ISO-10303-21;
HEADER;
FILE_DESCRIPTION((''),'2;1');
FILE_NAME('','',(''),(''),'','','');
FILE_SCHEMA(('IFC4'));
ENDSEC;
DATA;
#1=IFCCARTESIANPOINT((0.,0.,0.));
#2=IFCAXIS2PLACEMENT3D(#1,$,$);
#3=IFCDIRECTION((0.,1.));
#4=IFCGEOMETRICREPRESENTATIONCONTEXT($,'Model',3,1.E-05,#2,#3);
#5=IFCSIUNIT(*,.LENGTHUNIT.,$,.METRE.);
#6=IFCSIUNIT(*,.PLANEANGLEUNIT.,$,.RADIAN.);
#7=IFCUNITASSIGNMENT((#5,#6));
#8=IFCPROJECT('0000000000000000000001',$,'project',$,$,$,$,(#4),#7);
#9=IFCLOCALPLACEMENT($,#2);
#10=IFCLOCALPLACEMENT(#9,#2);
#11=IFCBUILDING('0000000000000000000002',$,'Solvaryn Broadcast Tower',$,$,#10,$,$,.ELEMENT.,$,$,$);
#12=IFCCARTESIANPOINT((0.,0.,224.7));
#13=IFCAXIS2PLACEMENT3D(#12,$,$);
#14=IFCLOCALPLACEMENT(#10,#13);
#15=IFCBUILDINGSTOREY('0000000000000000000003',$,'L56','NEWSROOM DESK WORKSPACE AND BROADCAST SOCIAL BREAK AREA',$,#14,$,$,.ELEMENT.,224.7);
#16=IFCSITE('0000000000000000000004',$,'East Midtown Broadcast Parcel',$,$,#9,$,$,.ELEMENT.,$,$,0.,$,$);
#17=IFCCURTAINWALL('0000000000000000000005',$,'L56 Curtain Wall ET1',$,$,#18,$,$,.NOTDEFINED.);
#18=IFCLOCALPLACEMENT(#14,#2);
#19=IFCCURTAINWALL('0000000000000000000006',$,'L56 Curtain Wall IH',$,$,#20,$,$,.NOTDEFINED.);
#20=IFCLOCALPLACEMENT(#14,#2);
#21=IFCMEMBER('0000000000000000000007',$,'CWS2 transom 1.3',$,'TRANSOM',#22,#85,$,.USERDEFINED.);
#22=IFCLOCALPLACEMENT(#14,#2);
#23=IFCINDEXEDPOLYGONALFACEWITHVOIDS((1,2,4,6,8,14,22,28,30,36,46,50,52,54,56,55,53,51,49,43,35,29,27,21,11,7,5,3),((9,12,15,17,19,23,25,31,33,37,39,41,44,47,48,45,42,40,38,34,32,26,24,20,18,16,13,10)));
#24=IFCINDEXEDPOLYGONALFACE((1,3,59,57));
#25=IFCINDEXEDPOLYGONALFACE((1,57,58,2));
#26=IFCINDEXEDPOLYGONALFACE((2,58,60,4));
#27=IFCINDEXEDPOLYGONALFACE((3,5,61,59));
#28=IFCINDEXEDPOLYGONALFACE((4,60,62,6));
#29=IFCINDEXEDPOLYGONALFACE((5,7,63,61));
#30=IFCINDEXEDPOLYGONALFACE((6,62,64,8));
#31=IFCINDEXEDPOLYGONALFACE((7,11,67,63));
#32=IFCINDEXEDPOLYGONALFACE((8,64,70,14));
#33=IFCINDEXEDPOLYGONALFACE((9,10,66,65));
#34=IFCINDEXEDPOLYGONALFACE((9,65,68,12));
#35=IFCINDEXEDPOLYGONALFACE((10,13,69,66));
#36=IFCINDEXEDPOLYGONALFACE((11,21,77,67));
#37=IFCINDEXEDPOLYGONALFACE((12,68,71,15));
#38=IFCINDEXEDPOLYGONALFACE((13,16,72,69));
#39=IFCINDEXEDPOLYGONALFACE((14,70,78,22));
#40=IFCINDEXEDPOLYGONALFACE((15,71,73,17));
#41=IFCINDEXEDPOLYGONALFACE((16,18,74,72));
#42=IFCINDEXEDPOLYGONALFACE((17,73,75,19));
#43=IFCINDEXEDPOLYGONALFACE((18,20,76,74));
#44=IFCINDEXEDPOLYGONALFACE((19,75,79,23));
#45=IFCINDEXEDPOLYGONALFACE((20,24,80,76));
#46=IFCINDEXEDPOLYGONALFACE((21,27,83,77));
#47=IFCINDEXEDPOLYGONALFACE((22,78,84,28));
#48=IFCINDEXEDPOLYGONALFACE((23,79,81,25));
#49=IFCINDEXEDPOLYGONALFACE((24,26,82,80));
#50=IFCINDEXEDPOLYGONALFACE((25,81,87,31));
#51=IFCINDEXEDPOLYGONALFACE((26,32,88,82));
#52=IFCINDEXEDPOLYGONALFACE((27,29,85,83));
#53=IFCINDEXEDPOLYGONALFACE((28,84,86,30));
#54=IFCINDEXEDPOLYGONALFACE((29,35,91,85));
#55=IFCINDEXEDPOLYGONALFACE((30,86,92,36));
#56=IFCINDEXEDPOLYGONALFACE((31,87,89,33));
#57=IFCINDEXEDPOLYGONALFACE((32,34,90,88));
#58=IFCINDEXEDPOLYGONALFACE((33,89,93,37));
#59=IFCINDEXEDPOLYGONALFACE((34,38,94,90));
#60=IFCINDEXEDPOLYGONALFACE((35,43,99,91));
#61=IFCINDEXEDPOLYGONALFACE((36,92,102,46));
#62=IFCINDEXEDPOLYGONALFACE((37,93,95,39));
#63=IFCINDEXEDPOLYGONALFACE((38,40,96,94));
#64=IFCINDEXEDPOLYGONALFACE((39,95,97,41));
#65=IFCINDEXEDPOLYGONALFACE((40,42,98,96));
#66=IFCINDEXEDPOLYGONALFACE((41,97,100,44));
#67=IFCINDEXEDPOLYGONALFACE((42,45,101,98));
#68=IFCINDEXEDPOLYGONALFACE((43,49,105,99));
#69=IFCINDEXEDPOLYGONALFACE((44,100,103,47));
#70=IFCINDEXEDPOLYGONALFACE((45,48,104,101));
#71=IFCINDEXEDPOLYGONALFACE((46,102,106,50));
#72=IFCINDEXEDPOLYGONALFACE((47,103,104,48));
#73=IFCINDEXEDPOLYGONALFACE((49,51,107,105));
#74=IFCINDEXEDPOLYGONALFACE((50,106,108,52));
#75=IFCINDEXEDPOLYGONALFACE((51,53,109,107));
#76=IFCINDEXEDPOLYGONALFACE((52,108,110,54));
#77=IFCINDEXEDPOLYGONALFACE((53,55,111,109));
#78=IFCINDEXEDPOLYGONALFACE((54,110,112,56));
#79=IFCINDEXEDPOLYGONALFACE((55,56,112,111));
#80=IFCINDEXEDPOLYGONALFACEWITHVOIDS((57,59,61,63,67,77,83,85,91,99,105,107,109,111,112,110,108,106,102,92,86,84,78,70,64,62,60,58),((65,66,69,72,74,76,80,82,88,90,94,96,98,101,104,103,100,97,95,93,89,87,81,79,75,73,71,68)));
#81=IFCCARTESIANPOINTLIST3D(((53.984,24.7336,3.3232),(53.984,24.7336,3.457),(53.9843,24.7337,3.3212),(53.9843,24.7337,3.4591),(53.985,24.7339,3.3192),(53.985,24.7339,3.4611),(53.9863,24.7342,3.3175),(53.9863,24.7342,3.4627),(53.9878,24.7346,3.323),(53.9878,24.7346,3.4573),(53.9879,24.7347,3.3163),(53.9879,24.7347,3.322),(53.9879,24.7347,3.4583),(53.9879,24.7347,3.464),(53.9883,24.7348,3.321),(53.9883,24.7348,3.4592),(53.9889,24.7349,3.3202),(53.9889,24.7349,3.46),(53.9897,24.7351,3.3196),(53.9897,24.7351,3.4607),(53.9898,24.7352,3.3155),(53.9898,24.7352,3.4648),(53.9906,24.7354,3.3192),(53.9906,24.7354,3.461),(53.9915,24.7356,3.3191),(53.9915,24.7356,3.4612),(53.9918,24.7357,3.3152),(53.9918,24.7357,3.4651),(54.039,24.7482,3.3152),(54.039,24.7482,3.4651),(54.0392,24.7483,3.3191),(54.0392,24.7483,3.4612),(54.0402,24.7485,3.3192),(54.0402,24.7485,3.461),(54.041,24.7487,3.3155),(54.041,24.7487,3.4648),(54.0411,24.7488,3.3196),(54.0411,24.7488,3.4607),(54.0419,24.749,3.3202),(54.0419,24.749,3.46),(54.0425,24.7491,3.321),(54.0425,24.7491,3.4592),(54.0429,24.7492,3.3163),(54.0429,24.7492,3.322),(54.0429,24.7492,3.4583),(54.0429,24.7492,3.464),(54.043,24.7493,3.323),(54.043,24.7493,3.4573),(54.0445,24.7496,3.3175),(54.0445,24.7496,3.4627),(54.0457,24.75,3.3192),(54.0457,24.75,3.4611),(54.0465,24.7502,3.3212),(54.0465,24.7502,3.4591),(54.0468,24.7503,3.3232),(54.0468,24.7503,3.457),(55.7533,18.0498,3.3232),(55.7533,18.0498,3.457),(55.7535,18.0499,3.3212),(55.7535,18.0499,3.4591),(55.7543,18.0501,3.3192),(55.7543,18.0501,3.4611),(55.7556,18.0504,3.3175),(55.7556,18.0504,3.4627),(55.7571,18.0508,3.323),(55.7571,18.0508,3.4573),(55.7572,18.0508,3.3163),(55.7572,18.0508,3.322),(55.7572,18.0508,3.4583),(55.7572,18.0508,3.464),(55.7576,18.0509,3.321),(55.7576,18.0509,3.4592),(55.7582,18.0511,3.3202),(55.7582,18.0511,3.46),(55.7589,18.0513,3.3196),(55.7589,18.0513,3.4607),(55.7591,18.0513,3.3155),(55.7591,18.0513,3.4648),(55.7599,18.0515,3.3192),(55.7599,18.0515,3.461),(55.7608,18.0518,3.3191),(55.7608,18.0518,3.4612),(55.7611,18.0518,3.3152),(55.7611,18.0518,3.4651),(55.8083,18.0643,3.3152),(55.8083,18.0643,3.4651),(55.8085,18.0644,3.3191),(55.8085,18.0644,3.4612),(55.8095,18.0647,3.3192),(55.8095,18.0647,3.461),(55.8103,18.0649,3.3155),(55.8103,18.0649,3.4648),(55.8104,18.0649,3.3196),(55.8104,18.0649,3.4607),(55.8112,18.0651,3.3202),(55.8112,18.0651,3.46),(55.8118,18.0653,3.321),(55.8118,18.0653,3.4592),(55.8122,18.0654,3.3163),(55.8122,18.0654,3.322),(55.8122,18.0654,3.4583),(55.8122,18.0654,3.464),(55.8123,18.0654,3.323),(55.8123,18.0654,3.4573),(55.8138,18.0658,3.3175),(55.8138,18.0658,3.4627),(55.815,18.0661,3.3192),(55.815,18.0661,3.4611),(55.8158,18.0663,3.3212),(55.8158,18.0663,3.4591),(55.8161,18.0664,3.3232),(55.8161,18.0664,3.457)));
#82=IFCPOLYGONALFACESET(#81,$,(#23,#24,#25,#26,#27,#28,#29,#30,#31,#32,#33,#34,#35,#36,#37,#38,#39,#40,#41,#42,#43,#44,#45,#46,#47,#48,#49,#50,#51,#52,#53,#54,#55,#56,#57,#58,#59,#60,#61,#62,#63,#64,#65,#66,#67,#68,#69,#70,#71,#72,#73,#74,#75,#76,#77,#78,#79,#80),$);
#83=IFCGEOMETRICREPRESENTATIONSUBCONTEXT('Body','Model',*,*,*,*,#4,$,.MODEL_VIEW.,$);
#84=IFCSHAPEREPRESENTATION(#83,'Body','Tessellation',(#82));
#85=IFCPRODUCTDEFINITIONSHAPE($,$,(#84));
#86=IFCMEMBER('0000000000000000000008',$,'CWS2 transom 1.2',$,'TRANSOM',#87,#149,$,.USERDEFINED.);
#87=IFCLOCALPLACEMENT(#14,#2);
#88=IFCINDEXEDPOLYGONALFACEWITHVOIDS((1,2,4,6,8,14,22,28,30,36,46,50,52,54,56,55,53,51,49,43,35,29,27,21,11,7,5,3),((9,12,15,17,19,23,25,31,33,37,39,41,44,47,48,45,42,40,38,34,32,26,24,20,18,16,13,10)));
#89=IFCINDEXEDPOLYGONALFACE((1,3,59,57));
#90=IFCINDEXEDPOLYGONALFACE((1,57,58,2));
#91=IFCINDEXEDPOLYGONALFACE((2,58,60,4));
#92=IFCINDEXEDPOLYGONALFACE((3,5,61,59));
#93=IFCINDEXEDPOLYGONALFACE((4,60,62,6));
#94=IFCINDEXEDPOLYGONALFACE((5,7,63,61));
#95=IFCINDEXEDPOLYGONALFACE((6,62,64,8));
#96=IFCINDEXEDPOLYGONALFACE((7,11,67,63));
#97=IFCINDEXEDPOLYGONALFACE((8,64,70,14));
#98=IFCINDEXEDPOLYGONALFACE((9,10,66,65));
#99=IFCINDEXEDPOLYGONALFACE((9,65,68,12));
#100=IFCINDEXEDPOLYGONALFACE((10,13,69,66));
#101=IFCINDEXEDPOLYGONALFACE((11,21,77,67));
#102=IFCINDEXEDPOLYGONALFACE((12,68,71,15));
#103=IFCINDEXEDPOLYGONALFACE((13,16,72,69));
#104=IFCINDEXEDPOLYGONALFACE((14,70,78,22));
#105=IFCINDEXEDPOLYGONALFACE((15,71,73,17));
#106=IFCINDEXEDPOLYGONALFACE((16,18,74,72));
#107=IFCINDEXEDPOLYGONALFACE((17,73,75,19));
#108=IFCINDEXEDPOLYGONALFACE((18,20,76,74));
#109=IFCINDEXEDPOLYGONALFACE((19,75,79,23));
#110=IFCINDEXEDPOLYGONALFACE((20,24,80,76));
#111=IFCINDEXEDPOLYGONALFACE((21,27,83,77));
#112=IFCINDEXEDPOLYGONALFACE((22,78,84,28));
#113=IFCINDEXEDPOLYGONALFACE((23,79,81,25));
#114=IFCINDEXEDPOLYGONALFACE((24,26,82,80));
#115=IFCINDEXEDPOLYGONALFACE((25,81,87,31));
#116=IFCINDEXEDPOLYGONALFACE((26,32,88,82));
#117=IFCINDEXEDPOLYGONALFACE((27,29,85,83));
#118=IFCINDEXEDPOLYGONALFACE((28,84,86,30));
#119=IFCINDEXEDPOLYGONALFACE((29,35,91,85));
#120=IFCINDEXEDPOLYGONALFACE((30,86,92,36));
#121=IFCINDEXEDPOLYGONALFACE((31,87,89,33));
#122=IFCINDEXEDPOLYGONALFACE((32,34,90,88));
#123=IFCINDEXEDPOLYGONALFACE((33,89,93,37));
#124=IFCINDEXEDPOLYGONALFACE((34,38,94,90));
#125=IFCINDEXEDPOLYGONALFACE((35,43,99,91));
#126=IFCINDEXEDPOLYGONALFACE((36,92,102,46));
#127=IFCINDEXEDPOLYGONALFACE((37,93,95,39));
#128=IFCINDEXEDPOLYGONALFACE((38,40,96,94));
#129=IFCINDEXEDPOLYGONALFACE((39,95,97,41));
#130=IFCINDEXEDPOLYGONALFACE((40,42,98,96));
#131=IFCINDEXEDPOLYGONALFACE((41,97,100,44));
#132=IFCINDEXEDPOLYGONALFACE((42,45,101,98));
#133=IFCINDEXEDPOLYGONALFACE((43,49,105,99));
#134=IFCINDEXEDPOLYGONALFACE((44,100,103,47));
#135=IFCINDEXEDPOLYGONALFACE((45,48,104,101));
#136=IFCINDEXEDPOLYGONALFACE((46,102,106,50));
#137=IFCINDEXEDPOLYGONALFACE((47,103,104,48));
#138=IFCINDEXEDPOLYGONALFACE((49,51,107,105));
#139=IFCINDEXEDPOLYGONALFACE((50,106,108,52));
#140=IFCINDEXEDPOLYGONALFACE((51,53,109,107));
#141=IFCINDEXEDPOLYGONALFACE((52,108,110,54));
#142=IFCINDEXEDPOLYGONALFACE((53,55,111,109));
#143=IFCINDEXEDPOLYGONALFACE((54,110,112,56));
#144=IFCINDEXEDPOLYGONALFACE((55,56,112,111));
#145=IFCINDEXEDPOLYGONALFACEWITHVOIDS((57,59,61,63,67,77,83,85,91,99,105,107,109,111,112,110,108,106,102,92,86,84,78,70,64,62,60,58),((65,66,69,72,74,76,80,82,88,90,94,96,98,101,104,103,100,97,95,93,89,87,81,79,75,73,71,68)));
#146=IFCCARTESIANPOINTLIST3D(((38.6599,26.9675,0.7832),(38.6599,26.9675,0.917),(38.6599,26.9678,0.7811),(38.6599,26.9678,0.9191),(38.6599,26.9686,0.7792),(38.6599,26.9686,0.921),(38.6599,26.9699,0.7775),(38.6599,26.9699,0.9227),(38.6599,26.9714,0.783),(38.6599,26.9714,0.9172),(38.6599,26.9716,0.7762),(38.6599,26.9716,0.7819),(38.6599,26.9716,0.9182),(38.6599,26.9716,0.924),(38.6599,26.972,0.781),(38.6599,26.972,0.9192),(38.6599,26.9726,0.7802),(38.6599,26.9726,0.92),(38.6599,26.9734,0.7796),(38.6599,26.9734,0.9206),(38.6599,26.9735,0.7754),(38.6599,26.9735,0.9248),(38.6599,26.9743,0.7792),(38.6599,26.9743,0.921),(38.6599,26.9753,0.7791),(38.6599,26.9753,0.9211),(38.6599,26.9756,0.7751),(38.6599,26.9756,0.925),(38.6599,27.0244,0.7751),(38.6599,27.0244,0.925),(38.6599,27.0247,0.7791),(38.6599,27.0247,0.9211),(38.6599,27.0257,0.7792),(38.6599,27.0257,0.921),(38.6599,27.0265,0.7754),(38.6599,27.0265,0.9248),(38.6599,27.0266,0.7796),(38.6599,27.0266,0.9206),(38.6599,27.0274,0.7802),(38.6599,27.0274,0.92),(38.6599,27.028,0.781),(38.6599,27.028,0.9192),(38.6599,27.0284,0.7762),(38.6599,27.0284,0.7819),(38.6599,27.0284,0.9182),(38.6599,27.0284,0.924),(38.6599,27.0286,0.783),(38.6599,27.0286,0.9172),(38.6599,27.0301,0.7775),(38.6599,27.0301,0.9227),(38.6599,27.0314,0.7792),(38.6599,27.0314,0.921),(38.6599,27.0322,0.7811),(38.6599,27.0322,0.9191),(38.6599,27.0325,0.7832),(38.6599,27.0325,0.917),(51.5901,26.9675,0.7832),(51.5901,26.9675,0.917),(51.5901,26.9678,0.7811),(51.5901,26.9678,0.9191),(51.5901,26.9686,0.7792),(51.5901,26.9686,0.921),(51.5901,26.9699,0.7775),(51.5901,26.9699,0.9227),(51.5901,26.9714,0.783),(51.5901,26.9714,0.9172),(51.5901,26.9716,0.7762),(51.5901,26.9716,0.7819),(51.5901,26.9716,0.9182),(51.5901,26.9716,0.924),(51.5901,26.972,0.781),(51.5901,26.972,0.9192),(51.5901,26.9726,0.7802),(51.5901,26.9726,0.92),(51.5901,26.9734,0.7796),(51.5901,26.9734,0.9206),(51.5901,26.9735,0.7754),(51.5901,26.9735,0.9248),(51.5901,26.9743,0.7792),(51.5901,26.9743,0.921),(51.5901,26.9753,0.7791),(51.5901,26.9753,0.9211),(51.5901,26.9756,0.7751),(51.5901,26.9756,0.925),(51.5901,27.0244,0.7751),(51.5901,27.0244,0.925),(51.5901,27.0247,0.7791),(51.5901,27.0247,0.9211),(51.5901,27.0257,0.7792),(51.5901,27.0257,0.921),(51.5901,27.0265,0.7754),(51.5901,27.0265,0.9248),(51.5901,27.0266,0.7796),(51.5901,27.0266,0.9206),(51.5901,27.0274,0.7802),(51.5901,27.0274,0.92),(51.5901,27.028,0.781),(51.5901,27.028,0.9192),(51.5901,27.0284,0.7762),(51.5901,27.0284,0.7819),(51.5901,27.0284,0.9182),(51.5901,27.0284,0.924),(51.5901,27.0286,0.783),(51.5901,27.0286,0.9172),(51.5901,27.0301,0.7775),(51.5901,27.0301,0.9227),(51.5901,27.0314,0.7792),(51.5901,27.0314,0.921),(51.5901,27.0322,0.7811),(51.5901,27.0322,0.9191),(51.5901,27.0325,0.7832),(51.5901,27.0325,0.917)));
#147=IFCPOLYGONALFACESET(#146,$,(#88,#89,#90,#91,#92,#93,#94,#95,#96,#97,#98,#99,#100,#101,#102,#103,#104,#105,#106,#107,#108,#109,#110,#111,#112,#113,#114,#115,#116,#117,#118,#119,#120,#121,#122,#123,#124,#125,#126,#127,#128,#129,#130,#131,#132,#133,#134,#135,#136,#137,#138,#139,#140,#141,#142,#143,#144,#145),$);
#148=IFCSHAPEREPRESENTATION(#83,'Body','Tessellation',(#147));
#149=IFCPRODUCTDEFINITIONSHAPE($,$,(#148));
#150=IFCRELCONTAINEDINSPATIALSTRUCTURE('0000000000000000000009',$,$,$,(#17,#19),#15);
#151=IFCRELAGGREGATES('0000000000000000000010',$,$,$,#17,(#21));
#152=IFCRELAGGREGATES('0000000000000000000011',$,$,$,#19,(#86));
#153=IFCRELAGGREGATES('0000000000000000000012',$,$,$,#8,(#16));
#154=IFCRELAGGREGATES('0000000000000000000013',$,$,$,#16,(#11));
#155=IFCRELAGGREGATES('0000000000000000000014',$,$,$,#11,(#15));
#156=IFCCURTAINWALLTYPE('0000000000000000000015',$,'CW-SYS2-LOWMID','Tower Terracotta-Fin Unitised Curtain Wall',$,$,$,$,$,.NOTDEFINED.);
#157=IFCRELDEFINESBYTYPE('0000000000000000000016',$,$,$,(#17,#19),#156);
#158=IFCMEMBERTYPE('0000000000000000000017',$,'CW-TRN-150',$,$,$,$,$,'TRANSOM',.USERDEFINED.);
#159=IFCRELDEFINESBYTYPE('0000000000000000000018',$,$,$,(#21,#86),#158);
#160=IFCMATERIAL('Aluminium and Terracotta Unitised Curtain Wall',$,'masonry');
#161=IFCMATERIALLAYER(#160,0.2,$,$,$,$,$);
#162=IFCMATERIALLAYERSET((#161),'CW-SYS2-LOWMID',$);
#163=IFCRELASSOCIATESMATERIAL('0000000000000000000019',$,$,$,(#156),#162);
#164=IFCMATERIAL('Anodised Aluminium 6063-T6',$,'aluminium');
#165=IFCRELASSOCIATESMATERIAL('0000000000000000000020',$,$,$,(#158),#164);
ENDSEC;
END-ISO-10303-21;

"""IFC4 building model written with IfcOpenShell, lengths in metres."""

from ifc_helpers import new_model, si_unit, direction, frame, origin, origin_2d, place, context, subcontext, project, spatial, hollow_rectangle, extrude, material, layer, layer_set, material_profile, profile_set, type_object, element, aggregate, save


model = new_model("IFC4")

# Units and contexts
model_context = context("Model", 3, precision=1e-05, world=origin(), true_north=direction((0.0, 1.0)))
body_context = subcontext(model_context, "Body", "Model", "MODEL_VIEW")
ifc_project = project(units=[si_unit("LENGTHUNIT", "METRE"), si_unit("PLANEANGLEUNIT", "RADIAN")], contexts=[model_context])

# Site, building, storey
site_placement = place(None, origin())
site = spatial("IfcSite", under=ifc_project, at=site_placement, Name="East Midtown Broadcast Parcel", CompositionType="ELEMENT", RefElevation=0.0)
building_placement = place(site_placement, origin())
building = spatial("IfcBuilding", under=site, at=building_placement, Name="Solvaryn Broadcast Tower", CompositionType="ELEMENT")
storey_placement = place(building_placement, frame((0.0, 0.0, 224.7)))
storey = spatial("IfcBuildingStorey", under=building, at=storey_placement, Name="L56", Description="NEWSROOM DESK WORKSPACE AND BROADCAST SOCIAL BREAK AREA", CompositionType="ELEMENT", Elevation=224.7)

# Curtain walls
ifc_material_1 = material(Name="Aluminium and Terracotta Unitised Curtain Wall", Category="masonry")
ifc_layer_1 = layer(ifc_material_1, 0.2)
ifc_layer_set_1 = layer_set([ifc_layer_1], Name="CW-SYS2-LOWMID")
curtain_wall_type = type_object("IfcCurtainWallType", Name="CW-SYS2-LOWMID", Description="Tower Terracotta-Fin Unitised Curtain Wall", PredefinedType="NOTDEFINED", material=ifc_layer_set_1)
curtain_wall_1_placement = place(storey_placement, origin())
curtain_wall_1 = element("IfcCurtainWall", 1, at=curtain_wall_1_placement, inside=storey, type_object=curtain_wall_type, Name="L56 Curtain Wall ET1", PredefinedType="NOTDEFINED")
curtain_wall_2_placement = place(storey_placement, origin())
curtain_wall_2 = element("IfcCurtainWall", 2, at=curtain_wall_2_placement, inside=storey, type_object=curtain_wall_type, Name="L56 Curtain Wall IH", PredefinedType="NOTDEFINED")

# Members
ifc_material_2 = material(Name="Anodised Aluminium 6063-T6", Category="aluminium")
ifc_material_profile_1 = material_profile(ifc_material_2, hollow_rectangle(XDim=0.0649, YDim=0.1499, WallThickness=0.0039, InnerFilletRadius=0.0039, OuterFilletRadius=0.0081, at=origin_2d()))
ifc_profile_set_1 = profile_set([ifc_material_profile_1], Name="Anodised Aluminium 6063-T6")
member_type_1 = type_object("IfcMemberType", Name="CW-TRN-150", ElementType="TRANSOM", PredefinedType="USERDEFINED", material=ifc_profile_set_1)
member_1_placement = place(storey_placement, frame((54.0154, 24.7419, 3.3901), z_axis=(0.255897, -0.966704, 0.0), x_axis=(0.966704, 0.255897, 0.0)))
member_1 = element("IfcMember", 3, at=member_1_placement, type_object=member_type_1, Name="CWS2 transom 1.3", ObjectType="TRANSOM", PredefinedType="USERDEFINED", context=body_context, shape_type="SweptSolid", body=[
    extrude(hollow_rectangle(XDim=0.0649, YDim=0.1499, WallThickness=0.0039, InnerFilletRadius=0.0039, OuterFilletRadius=0.0081, at=origin_2d()), origin(), (0.0, 0.0, 1.0), 6.9141),
])
member_2_placement = place(storey_placement, frame((38.6599, 27.0, 0.8501), z_axis=(1.0, 0.0, 0.0), x_axis=(0.0, 1.0, 0.0)))
member_2 = element("IfcMember", 4, at=member_2_placement, type_object=member_type_1, Name="CWS2 transom 1.2", ObjectType="TRANSOM", PredefinedType="USERDEFINED", context=body_context, shape_type="SweptSolid", body=[
    extrude(hollow_rectangle(XDim=0.0649, YDim=0.1499, WallThickness=0.0039, InnerFilletRadius=0.0039, OuterFilletRadius=0.0081, at=origin_2d()), origin(), (0.0, 0.0, 1.0), 12.9302),
])

aggregate(curtain_wall_1, [member_1])
aggregate(curtain_wall_2, [member_2])

save(model, "model.ifc")
